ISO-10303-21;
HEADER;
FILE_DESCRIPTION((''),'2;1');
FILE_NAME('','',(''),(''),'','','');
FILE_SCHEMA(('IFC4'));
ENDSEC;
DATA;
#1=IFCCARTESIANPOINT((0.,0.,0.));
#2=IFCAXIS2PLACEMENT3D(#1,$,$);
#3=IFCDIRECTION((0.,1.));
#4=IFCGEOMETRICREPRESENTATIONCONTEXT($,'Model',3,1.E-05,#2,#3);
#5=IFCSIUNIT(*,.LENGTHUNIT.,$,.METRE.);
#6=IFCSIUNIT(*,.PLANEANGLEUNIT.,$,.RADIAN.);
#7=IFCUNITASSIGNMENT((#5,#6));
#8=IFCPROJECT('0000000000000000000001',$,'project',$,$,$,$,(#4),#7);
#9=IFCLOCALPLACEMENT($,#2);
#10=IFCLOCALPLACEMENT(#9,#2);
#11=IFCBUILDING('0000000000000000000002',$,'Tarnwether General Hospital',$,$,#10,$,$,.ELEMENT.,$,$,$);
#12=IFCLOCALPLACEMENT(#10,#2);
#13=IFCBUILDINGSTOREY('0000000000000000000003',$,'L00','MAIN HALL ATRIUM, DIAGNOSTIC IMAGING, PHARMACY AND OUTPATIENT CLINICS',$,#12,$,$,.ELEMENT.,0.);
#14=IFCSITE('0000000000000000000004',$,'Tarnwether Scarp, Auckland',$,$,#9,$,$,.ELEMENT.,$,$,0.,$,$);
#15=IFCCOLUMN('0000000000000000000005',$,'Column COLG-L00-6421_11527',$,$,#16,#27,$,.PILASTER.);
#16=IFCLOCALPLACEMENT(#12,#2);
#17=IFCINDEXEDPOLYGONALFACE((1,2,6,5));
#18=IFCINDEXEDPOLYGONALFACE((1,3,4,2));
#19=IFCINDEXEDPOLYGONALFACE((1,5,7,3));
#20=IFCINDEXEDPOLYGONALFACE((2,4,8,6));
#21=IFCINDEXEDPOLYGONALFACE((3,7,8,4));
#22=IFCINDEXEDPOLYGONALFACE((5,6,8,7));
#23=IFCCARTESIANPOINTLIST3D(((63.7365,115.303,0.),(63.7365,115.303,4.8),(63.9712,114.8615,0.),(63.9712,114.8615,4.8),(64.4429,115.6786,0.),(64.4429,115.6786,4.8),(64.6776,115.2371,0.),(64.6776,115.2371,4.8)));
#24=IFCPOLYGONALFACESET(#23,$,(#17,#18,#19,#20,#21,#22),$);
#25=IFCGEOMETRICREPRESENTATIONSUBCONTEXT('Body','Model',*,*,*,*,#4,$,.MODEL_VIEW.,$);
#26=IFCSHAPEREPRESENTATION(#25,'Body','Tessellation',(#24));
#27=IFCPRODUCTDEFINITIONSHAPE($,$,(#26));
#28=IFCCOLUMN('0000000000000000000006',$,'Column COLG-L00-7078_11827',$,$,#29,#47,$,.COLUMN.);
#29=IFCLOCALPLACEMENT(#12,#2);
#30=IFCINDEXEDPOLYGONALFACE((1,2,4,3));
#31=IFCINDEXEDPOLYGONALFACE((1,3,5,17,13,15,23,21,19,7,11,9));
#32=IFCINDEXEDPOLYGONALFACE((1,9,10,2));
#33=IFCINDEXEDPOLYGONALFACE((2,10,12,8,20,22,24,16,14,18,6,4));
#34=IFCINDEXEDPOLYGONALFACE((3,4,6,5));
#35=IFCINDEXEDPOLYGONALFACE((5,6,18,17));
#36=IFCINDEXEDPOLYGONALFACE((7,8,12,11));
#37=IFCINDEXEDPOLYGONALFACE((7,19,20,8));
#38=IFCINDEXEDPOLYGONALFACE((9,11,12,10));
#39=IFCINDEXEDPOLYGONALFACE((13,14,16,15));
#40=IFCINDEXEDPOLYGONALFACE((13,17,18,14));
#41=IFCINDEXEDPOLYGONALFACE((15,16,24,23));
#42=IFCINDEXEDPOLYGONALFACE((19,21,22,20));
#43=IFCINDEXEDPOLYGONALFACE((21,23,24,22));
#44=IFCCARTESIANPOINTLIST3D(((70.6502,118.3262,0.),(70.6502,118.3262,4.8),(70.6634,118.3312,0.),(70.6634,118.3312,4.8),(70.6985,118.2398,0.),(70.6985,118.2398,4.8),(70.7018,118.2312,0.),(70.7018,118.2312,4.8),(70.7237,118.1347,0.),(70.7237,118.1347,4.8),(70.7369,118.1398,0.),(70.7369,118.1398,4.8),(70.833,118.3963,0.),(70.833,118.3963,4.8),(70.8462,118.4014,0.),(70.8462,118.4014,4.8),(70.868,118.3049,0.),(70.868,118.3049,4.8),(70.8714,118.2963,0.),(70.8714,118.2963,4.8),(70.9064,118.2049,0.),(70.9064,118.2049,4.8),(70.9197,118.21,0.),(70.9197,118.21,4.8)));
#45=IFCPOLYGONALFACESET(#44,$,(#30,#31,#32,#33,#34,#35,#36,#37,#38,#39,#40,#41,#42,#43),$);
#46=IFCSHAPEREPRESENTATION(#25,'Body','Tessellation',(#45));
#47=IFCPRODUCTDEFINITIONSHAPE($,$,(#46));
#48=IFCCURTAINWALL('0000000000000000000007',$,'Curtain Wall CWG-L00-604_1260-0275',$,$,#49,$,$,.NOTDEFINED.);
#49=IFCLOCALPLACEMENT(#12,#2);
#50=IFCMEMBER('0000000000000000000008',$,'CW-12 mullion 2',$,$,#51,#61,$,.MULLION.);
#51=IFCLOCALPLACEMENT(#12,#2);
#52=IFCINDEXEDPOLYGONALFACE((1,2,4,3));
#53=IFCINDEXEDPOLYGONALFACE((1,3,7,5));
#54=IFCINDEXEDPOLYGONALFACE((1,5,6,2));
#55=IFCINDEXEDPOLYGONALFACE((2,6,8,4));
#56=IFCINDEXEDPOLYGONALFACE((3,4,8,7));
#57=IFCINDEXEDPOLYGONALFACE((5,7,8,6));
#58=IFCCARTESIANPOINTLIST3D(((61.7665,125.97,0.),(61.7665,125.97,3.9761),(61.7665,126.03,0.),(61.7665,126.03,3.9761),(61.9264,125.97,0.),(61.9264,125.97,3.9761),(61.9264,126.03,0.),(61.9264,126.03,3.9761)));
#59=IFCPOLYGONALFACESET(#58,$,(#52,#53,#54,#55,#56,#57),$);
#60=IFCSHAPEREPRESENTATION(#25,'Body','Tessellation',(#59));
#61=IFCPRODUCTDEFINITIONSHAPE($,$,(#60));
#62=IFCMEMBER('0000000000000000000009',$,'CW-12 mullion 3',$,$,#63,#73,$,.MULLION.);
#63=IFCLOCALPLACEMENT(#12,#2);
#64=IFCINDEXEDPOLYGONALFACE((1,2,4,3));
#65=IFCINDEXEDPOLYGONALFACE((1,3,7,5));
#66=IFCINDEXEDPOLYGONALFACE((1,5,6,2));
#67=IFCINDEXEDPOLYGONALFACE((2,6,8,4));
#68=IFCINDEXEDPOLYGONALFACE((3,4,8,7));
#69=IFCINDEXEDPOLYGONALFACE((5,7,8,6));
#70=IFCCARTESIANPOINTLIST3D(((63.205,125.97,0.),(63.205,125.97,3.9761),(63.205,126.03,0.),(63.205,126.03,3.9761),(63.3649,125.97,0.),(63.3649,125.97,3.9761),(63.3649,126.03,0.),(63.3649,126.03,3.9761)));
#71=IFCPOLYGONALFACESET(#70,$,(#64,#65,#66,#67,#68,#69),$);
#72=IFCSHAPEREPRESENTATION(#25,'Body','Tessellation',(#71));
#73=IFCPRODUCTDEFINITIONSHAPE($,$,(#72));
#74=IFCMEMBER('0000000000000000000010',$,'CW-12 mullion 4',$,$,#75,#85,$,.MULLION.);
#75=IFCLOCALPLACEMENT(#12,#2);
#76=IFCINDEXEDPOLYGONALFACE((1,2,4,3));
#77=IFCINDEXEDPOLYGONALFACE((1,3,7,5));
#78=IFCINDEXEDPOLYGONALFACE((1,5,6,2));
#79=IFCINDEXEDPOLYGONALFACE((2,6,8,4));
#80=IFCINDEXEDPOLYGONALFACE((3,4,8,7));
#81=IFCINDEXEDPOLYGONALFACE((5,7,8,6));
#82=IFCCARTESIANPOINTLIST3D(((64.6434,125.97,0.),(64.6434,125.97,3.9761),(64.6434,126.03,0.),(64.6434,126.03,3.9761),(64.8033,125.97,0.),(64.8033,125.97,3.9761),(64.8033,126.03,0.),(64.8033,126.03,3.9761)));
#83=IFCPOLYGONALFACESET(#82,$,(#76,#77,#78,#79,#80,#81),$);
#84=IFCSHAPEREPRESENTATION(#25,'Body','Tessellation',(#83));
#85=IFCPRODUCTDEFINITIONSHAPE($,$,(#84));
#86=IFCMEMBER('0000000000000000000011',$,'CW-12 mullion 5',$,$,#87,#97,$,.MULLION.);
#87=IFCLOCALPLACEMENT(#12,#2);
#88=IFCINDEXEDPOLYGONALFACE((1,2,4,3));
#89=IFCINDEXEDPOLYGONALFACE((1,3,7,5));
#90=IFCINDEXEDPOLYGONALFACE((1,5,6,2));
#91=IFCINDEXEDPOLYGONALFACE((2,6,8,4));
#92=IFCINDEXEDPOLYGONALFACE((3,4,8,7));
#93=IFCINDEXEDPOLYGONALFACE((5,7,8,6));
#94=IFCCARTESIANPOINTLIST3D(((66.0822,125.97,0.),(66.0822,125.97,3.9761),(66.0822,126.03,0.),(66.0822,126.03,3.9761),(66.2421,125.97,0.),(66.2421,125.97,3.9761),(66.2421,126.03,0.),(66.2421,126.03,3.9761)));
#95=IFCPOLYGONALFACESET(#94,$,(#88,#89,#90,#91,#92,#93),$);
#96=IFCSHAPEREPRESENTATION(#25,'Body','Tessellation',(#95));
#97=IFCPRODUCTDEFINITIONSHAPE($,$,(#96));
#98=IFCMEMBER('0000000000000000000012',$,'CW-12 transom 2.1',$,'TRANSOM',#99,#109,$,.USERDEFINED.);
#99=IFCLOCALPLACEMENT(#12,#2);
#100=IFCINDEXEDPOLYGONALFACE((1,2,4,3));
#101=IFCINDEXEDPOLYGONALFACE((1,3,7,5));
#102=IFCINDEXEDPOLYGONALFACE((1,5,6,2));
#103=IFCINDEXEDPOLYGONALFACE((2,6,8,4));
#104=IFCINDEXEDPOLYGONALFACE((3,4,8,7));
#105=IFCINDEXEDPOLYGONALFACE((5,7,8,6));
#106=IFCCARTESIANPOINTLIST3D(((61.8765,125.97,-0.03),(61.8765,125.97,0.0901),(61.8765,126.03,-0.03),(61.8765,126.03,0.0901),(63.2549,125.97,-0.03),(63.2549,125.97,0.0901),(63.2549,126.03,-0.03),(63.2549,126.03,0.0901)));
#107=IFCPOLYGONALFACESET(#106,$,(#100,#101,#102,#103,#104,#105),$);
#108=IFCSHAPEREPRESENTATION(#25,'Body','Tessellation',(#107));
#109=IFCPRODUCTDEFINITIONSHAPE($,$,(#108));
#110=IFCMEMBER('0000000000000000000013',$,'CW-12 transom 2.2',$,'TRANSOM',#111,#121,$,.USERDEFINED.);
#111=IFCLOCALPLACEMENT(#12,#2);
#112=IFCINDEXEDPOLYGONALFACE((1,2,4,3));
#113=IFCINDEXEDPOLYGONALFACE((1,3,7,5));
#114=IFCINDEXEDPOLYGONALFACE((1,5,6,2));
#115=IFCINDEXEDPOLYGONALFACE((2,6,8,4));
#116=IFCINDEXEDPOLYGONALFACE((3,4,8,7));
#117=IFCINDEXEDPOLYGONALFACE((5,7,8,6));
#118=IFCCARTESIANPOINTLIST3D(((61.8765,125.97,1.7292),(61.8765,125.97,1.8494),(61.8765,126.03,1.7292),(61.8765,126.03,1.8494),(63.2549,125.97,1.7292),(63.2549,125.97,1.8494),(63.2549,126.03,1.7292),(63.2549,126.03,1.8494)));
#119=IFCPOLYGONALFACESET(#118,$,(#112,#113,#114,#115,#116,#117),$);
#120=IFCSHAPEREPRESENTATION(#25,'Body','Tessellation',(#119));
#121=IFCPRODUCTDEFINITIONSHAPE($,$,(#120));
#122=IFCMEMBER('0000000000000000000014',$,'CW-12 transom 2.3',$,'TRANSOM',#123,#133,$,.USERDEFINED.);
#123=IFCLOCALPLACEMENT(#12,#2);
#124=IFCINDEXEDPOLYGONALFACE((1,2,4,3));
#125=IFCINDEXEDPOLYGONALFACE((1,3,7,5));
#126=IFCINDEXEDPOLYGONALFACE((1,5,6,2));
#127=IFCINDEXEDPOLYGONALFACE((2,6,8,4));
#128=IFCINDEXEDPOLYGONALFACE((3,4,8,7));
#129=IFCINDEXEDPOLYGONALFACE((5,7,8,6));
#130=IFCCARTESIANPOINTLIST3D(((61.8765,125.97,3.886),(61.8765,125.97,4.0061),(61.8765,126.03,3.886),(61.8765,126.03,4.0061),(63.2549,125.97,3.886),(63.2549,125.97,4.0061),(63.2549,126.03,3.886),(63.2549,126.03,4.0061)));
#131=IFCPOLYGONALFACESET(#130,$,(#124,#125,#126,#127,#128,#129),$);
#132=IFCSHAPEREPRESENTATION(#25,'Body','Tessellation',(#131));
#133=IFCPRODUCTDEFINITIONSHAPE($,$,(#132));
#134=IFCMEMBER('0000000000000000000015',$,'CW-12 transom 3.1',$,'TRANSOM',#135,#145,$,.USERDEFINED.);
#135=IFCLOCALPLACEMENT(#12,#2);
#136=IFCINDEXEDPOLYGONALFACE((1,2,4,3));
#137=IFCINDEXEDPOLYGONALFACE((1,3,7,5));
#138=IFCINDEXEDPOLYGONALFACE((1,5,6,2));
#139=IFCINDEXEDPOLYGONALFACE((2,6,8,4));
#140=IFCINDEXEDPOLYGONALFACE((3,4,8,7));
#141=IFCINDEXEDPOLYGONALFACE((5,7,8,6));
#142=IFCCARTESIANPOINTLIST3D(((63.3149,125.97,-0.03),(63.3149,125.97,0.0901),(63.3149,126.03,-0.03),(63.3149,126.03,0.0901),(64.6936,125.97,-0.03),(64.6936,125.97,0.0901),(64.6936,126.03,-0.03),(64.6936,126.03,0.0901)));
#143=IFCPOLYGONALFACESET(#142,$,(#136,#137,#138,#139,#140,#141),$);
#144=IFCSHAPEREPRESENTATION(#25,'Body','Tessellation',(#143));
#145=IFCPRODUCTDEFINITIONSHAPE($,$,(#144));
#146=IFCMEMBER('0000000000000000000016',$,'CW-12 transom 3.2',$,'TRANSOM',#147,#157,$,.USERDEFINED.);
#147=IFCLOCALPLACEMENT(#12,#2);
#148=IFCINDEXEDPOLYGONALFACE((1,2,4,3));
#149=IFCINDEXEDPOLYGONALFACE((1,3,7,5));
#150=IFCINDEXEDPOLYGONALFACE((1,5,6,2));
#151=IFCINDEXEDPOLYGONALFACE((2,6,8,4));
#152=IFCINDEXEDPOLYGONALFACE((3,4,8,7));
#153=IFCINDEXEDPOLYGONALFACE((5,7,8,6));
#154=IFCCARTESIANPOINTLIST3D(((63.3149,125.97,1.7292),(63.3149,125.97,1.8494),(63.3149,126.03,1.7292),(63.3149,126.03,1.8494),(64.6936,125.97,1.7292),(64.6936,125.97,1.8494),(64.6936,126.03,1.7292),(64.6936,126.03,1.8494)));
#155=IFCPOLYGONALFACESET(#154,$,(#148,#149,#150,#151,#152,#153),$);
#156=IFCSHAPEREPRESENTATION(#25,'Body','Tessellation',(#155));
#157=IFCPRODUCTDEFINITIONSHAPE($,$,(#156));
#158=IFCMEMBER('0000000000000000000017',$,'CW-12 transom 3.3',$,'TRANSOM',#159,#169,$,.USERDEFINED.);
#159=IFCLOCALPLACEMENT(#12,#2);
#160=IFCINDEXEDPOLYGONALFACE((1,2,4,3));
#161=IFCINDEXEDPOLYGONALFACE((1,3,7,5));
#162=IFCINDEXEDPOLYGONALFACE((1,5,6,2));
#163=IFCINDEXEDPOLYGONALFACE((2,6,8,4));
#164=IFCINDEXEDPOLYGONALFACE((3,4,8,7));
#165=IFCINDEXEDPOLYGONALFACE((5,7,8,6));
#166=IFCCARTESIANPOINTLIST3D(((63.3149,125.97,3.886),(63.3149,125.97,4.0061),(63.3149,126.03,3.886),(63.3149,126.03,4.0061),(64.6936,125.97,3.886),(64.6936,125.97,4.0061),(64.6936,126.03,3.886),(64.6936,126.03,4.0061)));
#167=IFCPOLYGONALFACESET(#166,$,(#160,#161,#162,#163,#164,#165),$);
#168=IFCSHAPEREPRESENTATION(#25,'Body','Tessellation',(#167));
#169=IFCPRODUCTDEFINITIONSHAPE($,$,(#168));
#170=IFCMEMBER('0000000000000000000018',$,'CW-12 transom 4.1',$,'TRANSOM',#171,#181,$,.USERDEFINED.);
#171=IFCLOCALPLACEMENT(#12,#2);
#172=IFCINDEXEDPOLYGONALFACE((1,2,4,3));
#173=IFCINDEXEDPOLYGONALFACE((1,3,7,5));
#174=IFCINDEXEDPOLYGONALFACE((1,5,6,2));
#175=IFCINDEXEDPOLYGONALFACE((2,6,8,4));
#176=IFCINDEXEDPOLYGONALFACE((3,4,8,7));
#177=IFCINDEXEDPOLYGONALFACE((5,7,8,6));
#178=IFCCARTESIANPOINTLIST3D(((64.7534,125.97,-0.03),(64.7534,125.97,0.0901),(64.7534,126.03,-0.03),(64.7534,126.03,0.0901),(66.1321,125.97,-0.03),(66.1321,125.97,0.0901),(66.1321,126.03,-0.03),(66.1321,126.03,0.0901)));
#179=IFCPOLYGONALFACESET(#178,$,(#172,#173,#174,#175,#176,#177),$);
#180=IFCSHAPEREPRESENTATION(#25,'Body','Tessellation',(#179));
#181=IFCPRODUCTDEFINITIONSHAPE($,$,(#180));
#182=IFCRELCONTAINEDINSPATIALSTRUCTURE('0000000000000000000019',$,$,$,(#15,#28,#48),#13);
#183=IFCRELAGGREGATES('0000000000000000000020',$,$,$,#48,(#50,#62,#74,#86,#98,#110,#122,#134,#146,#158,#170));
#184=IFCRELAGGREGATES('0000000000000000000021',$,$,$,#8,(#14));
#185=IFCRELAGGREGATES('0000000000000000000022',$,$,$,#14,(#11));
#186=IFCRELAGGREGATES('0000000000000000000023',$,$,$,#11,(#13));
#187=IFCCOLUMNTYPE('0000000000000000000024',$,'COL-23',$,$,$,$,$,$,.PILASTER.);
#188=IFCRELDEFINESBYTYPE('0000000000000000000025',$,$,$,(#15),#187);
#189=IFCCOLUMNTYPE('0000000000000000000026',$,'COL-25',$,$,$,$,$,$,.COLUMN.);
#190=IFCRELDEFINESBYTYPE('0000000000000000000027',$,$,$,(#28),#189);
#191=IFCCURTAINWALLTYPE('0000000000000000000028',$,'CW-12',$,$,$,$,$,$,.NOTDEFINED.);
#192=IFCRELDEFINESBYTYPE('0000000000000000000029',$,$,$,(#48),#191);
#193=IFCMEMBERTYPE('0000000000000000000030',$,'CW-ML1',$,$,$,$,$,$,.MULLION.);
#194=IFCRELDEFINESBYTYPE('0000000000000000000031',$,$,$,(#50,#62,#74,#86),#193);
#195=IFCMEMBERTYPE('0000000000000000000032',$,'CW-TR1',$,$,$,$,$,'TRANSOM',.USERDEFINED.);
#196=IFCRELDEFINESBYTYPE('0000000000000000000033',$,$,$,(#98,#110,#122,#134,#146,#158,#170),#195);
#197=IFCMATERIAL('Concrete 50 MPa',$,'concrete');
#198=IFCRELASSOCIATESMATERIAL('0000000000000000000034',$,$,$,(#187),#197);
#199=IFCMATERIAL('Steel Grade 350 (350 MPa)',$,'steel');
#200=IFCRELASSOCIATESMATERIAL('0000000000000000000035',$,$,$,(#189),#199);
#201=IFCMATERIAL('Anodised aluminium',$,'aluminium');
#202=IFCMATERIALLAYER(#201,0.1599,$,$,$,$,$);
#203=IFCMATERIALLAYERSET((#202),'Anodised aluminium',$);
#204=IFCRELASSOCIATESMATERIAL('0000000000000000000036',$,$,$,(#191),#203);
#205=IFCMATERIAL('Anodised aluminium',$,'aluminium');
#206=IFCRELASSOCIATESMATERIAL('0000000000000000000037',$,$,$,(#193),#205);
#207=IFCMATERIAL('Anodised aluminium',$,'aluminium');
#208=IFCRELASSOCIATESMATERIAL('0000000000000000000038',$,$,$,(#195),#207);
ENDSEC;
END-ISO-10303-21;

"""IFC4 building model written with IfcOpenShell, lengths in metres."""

from ifc_helpers import new_model, si_unit, direction, frame, origin, origin_2d, place, context, subcontext, project, spatial, rectangle, i_section, extrude, material, layer, layer_set, material_profile, profile_set, type_object, element, aggregate, save


model = new_model("IFC4")

# Units and contexts
model_context = context("Model", 3, precision=1e-05, world=origin(), true_north=direction((0.0, 1.0)))
body_context = subcontext(model_context, "Body", "Model", "MODEL_VIEW")
ifc_project = project(units=[si_unit("LENGTHUNIT", "METRE"), si_unit("PLANEANGLEUNIT", "RADIAN")], contexts=[model_context])

# Site, building, storey
site_placement = place(None, origin())
site = spatial("IfcSite", under=ifc_project, at=site_placement, Name="Tarnwether Scarp, Auckland", CompositionType="ELEMENT", RefElevation=0.0)
building_placement = place(site_placement, origin())
building = spatial("IfcBuilding", under=site, at=building_placement, Name="Tarnwether General Hospital", CompositionType="ELEMENT")
storey_placement = place(building_placement, origin())
storey = spatial("IfcBuildingStorey", under=building, at=storey_placement, Name="L00", Description="MAIN HALL ATRIUM, DIAGNOSTIC IMAGING, PHARMACY AND OUTPATIENT CLINICS", CompositionType="ELEMENT", Elevation=0.0)

# Columns
ifc_material_1 = material(Name="Concrete 50 MPa", Category="concrete")
ifc_material_profile_1 = material_profile(ifc_material_1, rectangle(XDim=0.5, YDim=0.8, at=origin_2d()), Name="RC-PIL-500x800")
ifc_profile_set_1 = profile_set([ifc_material_profile_1], Name="Concrete 50 MPa")
column_type_1 = type_object("IfcColumnType", Name="COL-23", PredefinedType="PILASTER", material=ifc_profile_set_1)
column_1_placement = place(storey_placement, frame((64.207, 115.27, 0.0), z_axis=(0.0, 0.0, 1.0), x_axis=(-0.469472, 0.882948, 0.0)))
element("IfcColumn", 1, at=column_1_placement, inside=storey, type_object=column_type_1, Name="Column COLG-L00-6421_11527", PredefinedType="PILASTER", context=body_context, shape_type="SweptSolid", body=[
    extrude(rectangle(XDim=0.5, YDim=0.8, at=origin_2d()), origin(), (0.0, 0.0, 1.0), 4.8),
])
ifc_material_2 = material(Name="Steel Grade 350 (350 MPa)", Category="steel")
ifc_material_profile_2 = material_profile(ifc_material_2, i_section(OverallWidth=0.2051, OverallDepth=0.21, WebThickness=0.0093, FlangeThickness=0.0142, at=origin_2d()), Name="200UC59.5")
ifc_profile_set_2 = profile_set([ifc_material_profile_2], Name="Steel Grade 350 (350 MPa)")
column_type_2 = type_object("IfcColumnType", Name="COL-25", PredefinedType="COLUMN", material=ifc_profile_set_2)
column_2_placement = place(storey_placement, frame((70.7849, 118.2681, 0.0), z_axis=(0.0, 0.0, 1.0), x_axis=(-0.358368, 0.93358, 0.0)))
element("IfcColumn", 2, at=column_2_placement, inside=storey, type_object=column_type_2, Name="Column COLG-L00-7078_11827", PredefinedType="COLUMN", context=body_context, shape_type="SweptSolid", body=[
    extrude(i_section(OverallWidth=0.2051, OverallDepth=0.21, WebThickness=0.0093, FlangeThickness=0.0142, at=origin_2d()), origin(), (0.0, 0.0, 1.0), 4.8),
])

# Curtain wall, members
ifc_material_3 = material(Name="Anodised aluminium", Category="aluminium")
ifc_layer_1 = layer(ifc_material_3, 0.1599)
ifc_layer_set_1 = layer_set([ifc_layer_1], Name="Anodised aluminium")
curtain_wall_type = type_object("IfcCurtainWallType", Name="CW-12", PredefinedType="NOTDEFINED", material=ifc_layer_set_1)
curtain_wall_placement = place(storey_placement, origin())
curtain_wall = element("IfcCurtainWall", 3, at=curtain_wall_placement, inside=storey, type_object=curtain_wall_type, Name="Curtain Wall CWG-L00-604_1260-0275", PredefinedType="NOTDEFINED")
ifc_material_4 = material(Name="Anodised aluminium", Category="aluminium")
ifc_material_profile_3 = material_profile(ifc_material_4, rectangle(XDim=0.0601, YDim=0.1599, at=origin_2d()), Name="ALU-MUL-60x160")
ifc_profile_set_3 = profile_set([ifc_material_profile_3], Name="Anodised aluminium")
member_type_1 = type_object("IfcMemberType", Name="CW-ML1", PredefinedType="MULLION", material=ifc_profile_set_3)
member_1_placement = place(storey_placement, frame((61.8464, 126.0, 0.0), z_axis=(0.0, 0.0, 1.0), x_axis=(0.0, 1.0, 0.0)))
member_1 = element("IfcMember", 4, at=member_1_placement, type_object=member_type_1, Name="CW-12 mullion 2", PredefinedType="MULLION", context=body_context, shape_type="SweptSolid", body=[
    extrude(rectangle(XDim=0.0601, YDim=0.1599, at=origin_2d()), origin(), (0.0, 0.0, 1.0), 3.9761),
])
member_2_placement = place(storey_placement, frame((63.2849, 126.0, 0.0), z_axis=(0.0, 0.0, 1.0), x_axis=(0.0, 1.0, 0.0)))
member_2 = element("IfcMember", 5, at=member_2_placement, type_object=member_type_1, Name="CW-12 mullion 3", PredefinedType="MULLION", context=body_context, shape_type="SweptSolid", body=[
    extrude(rectangle(XDim=0.0601, YDim=0.1599, at=origin_2d()), origin(), (0.0, 0.0, 1.0), 3.9761),
])
member_3_placement = place(storey_placement, frame((64.7234, 126.0, 0.0), z_axis=(0.0, 0.0, 1.0), x_axis=(0.0, 1.0, 0.0)))
member_3 = element("IfcMember", 6, at=member_3_placement, type_object=member_type_1, Name="CW-12 mullion 4", PredefinedType="MULLION", context=body_context, shape_type="SweptSolid", body=[
    extrude(rectangle(XDim=0.0601, YDim=0.1599, at=origin_2d()), origin(), (0.0, 0.0, 1.0), 3.9761),
])
member_4_placement = place(storey_placement, frame((66.1621, 126.0, 0.0), z_axis=(0.0, 0.0, 1.0), x_axis=(0.0, 1.0, 0.0)))
member_4 = element("IfcMember", 7, at=member_4_placement, type_object=member_type_1, Name="CW-12 mullion 5", PredefinedType="MULLION", context=body_context, shape_type="SweptSolid", body=[
    extrude(rectangle(XDim=0.0601, YDim=0.1599, at=origin_2d()), origin(), (0.0, 0.0, 1.0), 3.9761),
])
ifc_material_5 = material(Name="Anodised aluminium", Category="aluminium")
ifc_material_profile_4 = material_profile(ifc_material_5, rectangle(XDim=0.0601, YDim=0.1201, at=origin_2d()), Name="ALU-TRN-60x120")
ifc_profile_set_4 = profile_set([ifc_material_profile_4], Name="Anodised aluminium")
member_type_2 = type_object("IfcMemberType", Name="CW-TR1", ElementType="TRANSOM", PredefinedType="USERDEFINED", material=ifc_profile_set_4)
member_5_placement = place(storey_placement, frame((61.8765, 126.0, 0.03), z_axis=(1.0, 0.0, 0.0), x_axis=(0.0, 1.0, 0.0)))
member_5 = element("IfcMember", 8, at=member_5_placement, type_object=member_type_2, Name="CW-12 transom 2.1", ObjectType="TRANSOM", PredefinedType="USERDEFINED", context=body_context, shape_type="SweptSolid", body=[
    extrude(rectangle(XDim=0.0601, YDim=0.1201, at=origin_2d()), origin(), (0.0, 0.0, 1.0), 1.3784),
])
member_6_placement = place(storey_placement, frame((61.8765, 126.0, 1.7893), z_axis=(1.0, 0.0, 0.0), x_axis=(0.0, 1.0, 0.0)))
member_6 = element("IfcMember", 9, at=member_6_placement, type_object=member_type_2, Name="CW-12 transom 2.2", ObjectType="TRANSOM", PredefinedType="USERDEFINED", context=body_context, shape_type="SweptSolid", body=[
    extrude(rectangle(XDim=0.0601, YDim=0.1201, at=origin_2d()), origin(), (0.0, 0.0, 1.0), 1.3784),
])
member_7_placement = place(storey_placement, frame((61.8765, 126.0, 3.946), z_axis=(1.0, 0.0, 0.0), x_axis=(0.0, 1.0, 0.0)))
member_7 = element("IfcMember", 10, at=member_7_placement, type_object=member_type_2, Name="CW-12 transom 2.3", ObjectType="TRANSOM", PredefinedType="USERDEFINED", context=body_context, shape_type="SweptSolid", body=[
    extrude(rectangle(XDim=0.0601, YDim=0.1201, at=origin_2d()), origin(), (0.0, 0.0, 1.0), 1.3784),
])
member_8_placement = place(storey_placement, frame((63.3149, 126.0, 0.03), z_axis=(1.0, 0.0, 0.0), x_axis=(0.0, 1.0, 0.0)))
member_8 = element("IfcMember", 11, at=member_8_placement, type_object=member_type_2, Name="CW-12 transom 3.1", ObjectType="TRANSOM", PredefinedType="USERDEFINED", context=body_context, shape_type="SweptSolid", body=[
    extrude(rectangle(XDim=0.0601, YDim=0.1201, at=origin_2d()), origin(), (0.0, 0.0, 1.0), 1.3787),
])
member_9_placement = place(storey_placement, frame((63.3149, 126.0, 1.7893), z_axis=(1.0, 0.0, 0.0), x_axis=(0.0, 1.0, 0.0)))
member_9 = element("IfcMember", 12, at=member_9_placement, type_object=member_type_2, Name="CW-12 transom 3.2", ObjectType="TRANSOM", PredefinedType="USERDEFINED", context=body_context, shape_type="SweptSolid", body=[
    extrude(rectangle(XDim=0.0601, YDim=0.1201, at=origin_2d()), origin(), (0.0, 0.0, 1.0), 1.3787),
])
member_10_placement = place(storey_placement, frame((63.3149, 126.0, 3.946), z_axis=(1.0, 0.0, 0.0), x_axis=(0.0, 1.0, 0.0)))
member_10 = element("IfcMember", 13, at=member_10_placement, type_object=member_type_2, Name="CW-12 transom 3.3", ObjectType="TRANSOM", PredefinedType="USERDEFINED", context=body_context, shape_type="SweptSolid", body=[
    extrude(rectangle(XDim=0.0601, YDim=0.1201, at=origin_2d()), origin(), (0.0, 0.0, 1.0), 1.3787),
])
member_11_placement = place(storey_placement, frame((64.7534, 126.0, 0.03), z_axis=(1.0, 0.0, 0.0), x_axis=(0.0, 1.0, 0.0)))
member_11 = element("IfcMember", 14, at=member_11_placement, type_object=member_type_2, Name="CW-12 transom 4.1", ObjectType="TRANSOM", PredefinedType="USERDEFINED", context=body_context, shape_type="SweptSolid", body=[
    extrude(rectangle(XDim=0.0601, YDim=0.1201, at=origin_2d()), origin(), (0.0, 0.0, 1.0), 1.3787),
])
aggregate(curtain_wall, [member_1, member_2, member_3, member_4, member_5, member_6, member_7, member_8, member_9, member_10, member_11])

save(model, "model.ifc")
